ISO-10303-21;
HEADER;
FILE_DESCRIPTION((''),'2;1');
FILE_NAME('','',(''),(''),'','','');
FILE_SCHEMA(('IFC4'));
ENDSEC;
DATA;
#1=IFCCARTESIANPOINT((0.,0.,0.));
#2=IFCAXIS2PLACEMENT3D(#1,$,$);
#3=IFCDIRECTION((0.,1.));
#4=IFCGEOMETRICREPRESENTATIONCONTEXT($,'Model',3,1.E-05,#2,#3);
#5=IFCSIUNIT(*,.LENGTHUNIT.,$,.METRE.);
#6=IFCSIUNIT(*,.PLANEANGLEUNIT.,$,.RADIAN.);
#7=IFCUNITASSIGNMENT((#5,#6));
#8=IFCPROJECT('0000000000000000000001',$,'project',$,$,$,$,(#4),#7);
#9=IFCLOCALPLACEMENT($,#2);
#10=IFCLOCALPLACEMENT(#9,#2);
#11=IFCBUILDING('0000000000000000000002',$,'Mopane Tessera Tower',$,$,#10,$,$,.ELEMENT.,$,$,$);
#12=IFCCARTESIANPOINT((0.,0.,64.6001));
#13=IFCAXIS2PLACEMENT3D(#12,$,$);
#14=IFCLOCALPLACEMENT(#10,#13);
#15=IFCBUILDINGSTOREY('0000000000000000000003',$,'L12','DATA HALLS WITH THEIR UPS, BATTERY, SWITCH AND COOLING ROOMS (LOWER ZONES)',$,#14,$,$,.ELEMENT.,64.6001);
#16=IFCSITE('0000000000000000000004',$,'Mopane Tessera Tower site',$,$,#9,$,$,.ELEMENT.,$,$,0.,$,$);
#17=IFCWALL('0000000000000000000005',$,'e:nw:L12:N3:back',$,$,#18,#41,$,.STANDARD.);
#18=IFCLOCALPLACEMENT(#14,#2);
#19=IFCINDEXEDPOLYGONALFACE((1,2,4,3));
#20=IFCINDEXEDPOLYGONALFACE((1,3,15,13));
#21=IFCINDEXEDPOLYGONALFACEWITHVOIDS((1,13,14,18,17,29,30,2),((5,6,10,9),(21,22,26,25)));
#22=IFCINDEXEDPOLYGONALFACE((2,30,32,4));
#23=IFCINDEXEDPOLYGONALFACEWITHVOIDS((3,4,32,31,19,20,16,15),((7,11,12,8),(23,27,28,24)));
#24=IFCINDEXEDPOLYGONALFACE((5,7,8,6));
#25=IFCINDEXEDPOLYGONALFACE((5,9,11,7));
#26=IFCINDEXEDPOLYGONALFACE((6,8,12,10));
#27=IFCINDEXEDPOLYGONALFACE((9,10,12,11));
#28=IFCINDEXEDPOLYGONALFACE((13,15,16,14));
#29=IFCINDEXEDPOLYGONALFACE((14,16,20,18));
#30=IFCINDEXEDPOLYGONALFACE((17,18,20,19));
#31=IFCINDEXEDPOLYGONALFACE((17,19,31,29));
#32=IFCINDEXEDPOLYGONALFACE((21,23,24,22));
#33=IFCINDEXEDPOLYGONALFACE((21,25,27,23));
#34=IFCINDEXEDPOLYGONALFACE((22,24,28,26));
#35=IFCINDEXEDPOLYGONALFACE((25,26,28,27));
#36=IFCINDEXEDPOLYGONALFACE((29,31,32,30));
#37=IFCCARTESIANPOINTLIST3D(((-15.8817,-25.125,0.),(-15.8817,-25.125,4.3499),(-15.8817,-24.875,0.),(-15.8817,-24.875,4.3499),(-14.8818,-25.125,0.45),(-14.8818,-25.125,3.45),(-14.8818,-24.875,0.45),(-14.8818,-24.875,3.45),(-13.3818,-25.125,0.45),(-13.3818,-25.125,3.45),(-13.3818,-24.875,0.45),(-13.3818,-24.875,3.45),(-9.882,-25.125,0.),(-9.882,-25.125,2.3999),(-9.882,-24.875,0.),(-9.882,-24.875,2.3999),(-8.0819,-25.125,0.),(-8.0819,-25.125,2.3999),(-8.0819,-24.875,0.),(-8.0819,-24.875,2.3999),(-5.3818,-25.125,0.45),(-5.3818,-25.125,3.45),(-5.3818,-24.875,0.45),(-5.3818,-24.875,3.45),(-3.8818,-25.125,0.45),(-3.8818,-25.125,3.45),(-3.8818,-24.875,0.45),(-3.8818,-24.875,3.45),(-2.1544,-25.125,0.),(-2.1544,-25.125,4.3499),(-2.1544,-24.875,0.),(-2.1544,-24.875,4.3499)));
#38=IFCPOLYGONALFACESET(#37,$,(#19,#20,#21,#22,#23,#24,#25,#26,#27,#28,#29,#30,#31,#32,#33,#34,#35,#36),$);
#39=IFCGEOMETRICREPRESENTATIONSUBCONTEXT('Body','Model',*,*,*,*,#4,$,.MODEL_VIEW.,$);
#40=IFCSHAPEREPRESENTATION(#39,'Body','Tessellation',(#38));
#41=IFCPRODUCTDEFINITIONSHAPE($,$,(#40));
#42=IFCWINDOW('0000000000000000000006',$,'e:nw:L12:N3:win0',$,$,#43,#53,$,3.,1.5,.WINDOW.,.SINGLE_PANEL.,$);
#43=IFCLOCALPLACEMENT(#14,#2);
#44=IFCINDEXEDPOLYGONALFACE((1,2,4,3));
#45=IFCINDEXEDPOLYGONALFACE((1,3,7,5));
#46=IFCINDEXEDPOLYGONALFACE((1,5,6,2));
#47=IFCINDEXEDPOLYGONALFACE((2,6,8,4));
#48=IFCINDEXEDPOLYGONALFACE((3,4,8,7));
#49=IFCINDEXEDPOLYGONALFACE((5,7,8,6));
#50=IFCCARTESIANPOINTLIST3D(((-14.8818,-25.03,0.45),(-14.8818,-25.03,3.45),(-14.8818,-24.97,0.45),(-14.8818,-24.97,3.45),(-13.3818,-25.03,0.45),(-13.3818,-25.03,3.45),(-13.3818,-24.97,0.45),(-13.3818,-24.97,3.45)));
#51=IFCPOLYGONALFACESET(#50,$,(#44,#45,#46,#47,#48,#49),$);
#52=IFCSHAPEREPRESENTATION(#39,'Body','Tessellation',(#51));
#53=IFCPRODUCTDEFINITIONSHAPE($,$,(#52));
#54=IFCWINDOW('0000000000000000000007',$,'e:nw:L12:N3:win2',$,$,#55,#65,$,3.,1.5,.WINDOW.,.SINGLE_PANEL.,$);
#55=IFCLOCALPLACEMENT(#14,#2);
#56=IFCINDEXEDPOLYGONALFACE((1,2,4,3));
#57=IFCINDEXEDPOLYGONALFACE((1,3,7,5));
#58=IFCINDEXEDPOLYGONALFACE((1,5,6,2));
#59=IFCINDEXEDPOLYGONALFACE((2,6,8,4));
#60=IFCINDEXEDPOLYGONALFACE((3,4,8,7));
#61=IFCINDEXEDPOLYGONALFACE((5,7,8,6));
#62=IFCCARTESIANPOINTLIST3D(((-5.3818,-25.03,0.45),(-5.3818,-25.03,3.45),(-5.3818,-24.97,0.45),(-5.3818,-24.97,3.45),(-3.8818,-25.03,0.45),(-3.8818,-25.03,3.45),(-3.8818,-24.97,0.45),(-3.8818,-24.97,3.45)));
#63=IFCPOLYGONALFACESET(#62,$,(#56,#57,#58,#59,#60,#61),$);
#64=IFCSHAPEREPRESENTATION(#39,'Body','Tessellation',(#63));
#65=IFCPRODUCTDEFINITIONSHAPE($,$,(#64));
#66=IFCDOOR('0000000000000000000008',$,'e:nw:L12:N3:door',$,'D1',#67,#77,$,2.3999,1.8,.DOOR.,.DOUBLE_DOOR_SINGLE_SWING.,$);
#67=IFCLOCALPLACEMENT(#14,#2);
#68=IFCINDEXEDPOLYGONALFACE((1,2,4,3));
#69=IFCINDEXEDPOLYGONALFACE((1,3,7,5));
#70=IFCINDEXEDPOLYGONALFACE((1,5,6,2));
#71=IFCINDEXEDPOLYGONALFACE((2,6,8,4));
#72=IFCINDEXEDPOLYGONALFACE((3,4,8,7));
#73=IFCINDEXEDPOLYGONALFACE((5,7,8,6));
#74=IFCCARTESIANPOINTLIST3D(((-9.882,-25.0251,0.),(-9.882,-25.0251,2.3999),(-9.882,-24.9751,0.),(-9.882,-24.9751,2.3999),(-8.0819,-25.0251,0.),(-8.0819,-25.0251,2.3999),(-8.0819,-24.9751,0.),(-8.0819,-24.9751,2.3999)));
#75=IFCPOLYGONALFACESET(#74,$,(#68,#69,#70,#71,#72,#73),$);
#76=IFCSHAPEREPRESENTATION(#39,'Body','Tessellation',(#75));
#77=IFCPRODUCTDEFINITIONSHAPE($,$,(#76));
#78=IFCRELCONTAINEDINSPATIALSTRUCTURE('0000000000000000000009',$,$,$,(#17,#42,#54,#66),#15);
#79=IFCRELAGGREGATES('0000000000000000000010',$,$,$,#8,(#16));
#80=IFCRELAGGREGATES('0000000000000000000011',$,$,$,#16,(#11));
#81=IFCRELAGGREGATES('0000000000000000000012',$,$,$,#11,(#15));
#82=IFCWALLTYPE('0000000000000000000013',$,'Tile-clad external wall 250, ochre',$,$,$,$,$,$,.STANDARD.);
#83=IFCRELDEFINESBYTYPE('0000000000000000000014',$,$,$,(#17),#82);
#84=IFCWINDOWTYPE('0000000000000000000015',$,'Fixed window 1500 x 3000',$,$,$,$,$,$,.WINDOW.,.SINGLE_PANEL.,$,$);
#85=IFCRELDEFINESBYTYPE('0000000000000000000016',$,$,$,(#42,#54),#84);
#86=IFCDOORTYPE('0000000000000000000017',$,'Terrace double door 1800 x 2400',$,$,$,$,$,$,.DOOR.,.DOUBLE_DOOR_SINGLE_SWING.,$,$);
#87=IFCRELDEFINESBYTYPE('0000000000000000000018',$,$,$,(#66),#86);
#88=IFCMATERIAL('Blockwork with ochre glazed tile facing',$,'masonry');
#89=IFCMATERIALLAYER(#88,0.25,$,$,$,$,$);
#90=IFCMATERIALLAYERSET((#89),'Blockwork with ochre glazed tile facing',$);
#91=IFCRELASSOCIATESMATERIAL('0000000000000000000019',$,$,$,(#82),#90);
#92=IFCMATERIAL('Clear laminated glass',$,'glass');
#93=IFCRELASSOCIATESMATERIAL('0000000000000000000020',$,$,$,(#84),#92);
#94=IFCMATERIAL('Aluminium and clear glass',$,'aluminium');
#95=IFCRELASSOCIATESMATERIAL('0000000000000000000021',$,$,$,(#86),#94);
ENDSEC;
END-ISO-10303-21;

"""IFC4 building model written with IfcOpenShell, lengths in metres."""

from ifc_helpers import new_model, si_unit, direction, frame, frame_2d, origin, place, context, subcontext, project, spatial, rectangle, extrude, material, layer, layer_set, type_object, element, fill, save


model = new_model("IFC4")

# Units and contexts
model_context = context("Model", 3, precision=1e-05, world=origin(), true_north=direction((0.0, 1.0)))
body_context = subcontext(model_context, "Body", "Model", "MODEL_VIEW")
ifc_project = project(units=[si_unit("LENGTHUNIT", "METRE"), si_unit("PLANEANGLEUNIT", "RADIAN")], contexts=[model_context])

# Site, building, storey
site_placement = place(None, origin())
site = spatial("IfcSite", under=ifc_project, at=site_placement, Name="Mopane Tessera Tower site", CompositionType="ELEMENT", RefElevation=0.0)
building_placement = place(site_placement, origin())
building = spatial("IfcBuilding", under=site, at=building_placement, Name="Mopane Tessera Tower", CompositionType="ELEMENT")
storey_placement = place(building_placement, frame((0.0, 0.0, 64.6001)))
storey = spatial("IfcBuildingStorey", under=building, at=storey_placement, Name="L12", Description="DATA HALLS WITH THEIR UPS, BATTERY, SWITCH AND COOLING ROOMS (LOWER ZONES)", CompositionType="ELEMENT", Elevation=64.6001)

# Wall, openings, windows, door
ifc_material_1 = material(Name="Blockwork with ochre glazed tile facing", Category="masonry")
ifc_layer_1 = layer(ifc_material_1, 0.25)
ifc_layer_set_1 = layer_set([ifc_layer_1], Name="Blockwork with ochre glazed tile facing")
wall_type_1 = type_object("IfcWallType", Name="Tile-clad external wall 250, ochre", PredefinedType="STANDARD", material=ifc_layer_set_1)
wall_1_placement = place(storey_placement, frame((-15.8818, -25.0, 0.0), z_axis=(0.0, 0.0, 1.0), x_axis=(1.0, 0.0, 0.0)))
wall_1 = element("IfcWall", 1, at=wall_1_placement, inside=storey, type_object=wall_type_1, Name="e:nw:L12:N3:back", PredefinedType="STANDARD", context=body_context, shape_type="SweptSolid", body=[
    extrude(rectangle(XDim=13.7273, YDim=0.25, at=frame_2d((6.8638, 0.0))), origin(), (0.0, 0.0, 1.0), 4.3499),
])
opening_1_placement = place(wall_1_placement, frame((1.0, 0.0, 0.45)))
opening_1 = element("IfcOpeningElement", 2, at=opening_1_placement, cuts=wall_1, PredefinedType="OPENING", context=body_context, shape_type="SweptSolid", body=[
    extrude(rectangle(XDim=1.5, YDim=3.0, at=frame_2d((0.75, 1.5))), frame((0.0, 0.137, 0.0), z_axis=(0.0, -1.0, 0.0), x_axis=(1.0, 0.0, 0.0)), (0.0, 0.0, 1.0), 0.2739),
])
opening_2_placement = place(wall_1_placement, frame((6.0, 0.0, 0.0)))
opening_2 = element("IfcOpeningElement", 3, at=opening_2_placement, cuts=wall_1, PredefinedType="OPENING", context=body_context, shape_type="SweptSolid", body=[
    extrude(rectangle(XDim=1.8, YDim=2.3999, at=frame_2d((0.8999, 1.2))), frame((0.0, 0.137, 0.0), z_axis=(0.0, -1.0, 0.0), x_axis=(1.0, 0.0, 0.0)), (0.0, 0.0, 1.0), 0.2739),
])
opening_3_placement = place(wall_1_placement, frame((10.5, 0.0, 0.45)))
opening_3 = element("IfcOpeningElement", 4, at=opening_3_placement, cuts=wall_1, PredefinedType="OPENING", context=body_context, shape_type="SweptSolid", body=[
    extrude(rectangle(XDim=1.5, YDim=3.0, at=frame_2d((0.75, 1.5))), frame((0.0, 0.137, 0.0), z_axis=(0.0, -1.0, 0.0), x_axis=(1.0, 0.0, 0.0)), (0.0, 0.0, 1.0), 0.2739),
])
ifc_material_2 = material(Name="Clear laminated glass", Category="glass")
window_type = type_object("IfcWindowType", Name="Fixed window 1500 x 3000", PartitioningType="SINGLE_PANEL", PredefinedType="WINDOW", material=ifc_material_2)
window_1_placement = place(opening_1_placement, origin())
window_1 = element("IfcWindow", 5, at=window_1_placement, inside=storey, type_object=window_type, Name="e:nw:L12:N3:win0", OverallHeight=3.0, OverallWidth=1.5, PartitioningType="SINGLE_PANEL", PredefinedType="WINDOW", context=body_context, shape_type="SweptSolid", body=[
    extrude(rectangle(XDim=1.5, YDim=3.0, at=frame_2d((0.75, 1.5))), frame((0.0, 0.03, 0.0), z_axis=(0.0, -1.0, 0.0), x_axis=(1.0, 0.0, 0.0)), (0.0, 0.0, 1.0), 0.0601),
])
fill(opening_1, window_1)
window_2_placement = place(opening_3_placement, origin())
window_2 = element("IfcWindow", 6, at=window_2_placement, inside=storey, type_object=window_type, Name="e:nw:L12:N3:win2", OverallHeight=3.0, OverallWidth=1.5, PartitioningType="SINGLE_PANEL", PredefinedType="WINDOW", context=body_context, shape_type="SweptSolid", body=[
    extrude(rectangle(XDim=1.5, YDim=3.0, at=frame_2d((0.75, 1.5))), frame((0.0, 0.03, 0.0), z_axis=(0.0, -1.0, 0.0), x_axis=(1.0, 0.0, 0.0)), (0.0, 0.0, 1.0), 0.0601),
])
fill(opening_3, window_2)
ifc_material_3 = material(Name="Aluminium and clear glass", Category="aluminium")
door_type_1 = type_object("IfcDoorType", Name="Terrace double door 1800 x 2400", OperationType="DOUBLE_DOOR_SINGLE_SWING", PredefinedType="DOOR", material=ifc_material_3)
door_1_placement = place(opening_2_placement, origin())
door_1 = element("IfcDoor", 7, at=door_1_placement, inside=storey, type_object=door_type_1, Name="e:nw:L12:N3:door", ObjectType="D1", OperationType="DOUBLE_DOOR_SINGLE_SWING", OverallHeight=2.3999, OverallWidth=1.8, PredefinedType="DOOR", context=body_context, shape_type="SweptSolid", body=[
    extrude(rectangle(XDim=1.8, YDim=2.3999, at=frame_2d((0.8999, 1.2))), frame((0.0, 0.0249, 0.0), z_axis=(0.0, -1.0, 0.0), x_axis=(1.0, 0.0, 0.0)), (0.0, 0.0, 1.0), 0.05),
])
fill(opening_2, door_1)

save(model, "model.ifc")
